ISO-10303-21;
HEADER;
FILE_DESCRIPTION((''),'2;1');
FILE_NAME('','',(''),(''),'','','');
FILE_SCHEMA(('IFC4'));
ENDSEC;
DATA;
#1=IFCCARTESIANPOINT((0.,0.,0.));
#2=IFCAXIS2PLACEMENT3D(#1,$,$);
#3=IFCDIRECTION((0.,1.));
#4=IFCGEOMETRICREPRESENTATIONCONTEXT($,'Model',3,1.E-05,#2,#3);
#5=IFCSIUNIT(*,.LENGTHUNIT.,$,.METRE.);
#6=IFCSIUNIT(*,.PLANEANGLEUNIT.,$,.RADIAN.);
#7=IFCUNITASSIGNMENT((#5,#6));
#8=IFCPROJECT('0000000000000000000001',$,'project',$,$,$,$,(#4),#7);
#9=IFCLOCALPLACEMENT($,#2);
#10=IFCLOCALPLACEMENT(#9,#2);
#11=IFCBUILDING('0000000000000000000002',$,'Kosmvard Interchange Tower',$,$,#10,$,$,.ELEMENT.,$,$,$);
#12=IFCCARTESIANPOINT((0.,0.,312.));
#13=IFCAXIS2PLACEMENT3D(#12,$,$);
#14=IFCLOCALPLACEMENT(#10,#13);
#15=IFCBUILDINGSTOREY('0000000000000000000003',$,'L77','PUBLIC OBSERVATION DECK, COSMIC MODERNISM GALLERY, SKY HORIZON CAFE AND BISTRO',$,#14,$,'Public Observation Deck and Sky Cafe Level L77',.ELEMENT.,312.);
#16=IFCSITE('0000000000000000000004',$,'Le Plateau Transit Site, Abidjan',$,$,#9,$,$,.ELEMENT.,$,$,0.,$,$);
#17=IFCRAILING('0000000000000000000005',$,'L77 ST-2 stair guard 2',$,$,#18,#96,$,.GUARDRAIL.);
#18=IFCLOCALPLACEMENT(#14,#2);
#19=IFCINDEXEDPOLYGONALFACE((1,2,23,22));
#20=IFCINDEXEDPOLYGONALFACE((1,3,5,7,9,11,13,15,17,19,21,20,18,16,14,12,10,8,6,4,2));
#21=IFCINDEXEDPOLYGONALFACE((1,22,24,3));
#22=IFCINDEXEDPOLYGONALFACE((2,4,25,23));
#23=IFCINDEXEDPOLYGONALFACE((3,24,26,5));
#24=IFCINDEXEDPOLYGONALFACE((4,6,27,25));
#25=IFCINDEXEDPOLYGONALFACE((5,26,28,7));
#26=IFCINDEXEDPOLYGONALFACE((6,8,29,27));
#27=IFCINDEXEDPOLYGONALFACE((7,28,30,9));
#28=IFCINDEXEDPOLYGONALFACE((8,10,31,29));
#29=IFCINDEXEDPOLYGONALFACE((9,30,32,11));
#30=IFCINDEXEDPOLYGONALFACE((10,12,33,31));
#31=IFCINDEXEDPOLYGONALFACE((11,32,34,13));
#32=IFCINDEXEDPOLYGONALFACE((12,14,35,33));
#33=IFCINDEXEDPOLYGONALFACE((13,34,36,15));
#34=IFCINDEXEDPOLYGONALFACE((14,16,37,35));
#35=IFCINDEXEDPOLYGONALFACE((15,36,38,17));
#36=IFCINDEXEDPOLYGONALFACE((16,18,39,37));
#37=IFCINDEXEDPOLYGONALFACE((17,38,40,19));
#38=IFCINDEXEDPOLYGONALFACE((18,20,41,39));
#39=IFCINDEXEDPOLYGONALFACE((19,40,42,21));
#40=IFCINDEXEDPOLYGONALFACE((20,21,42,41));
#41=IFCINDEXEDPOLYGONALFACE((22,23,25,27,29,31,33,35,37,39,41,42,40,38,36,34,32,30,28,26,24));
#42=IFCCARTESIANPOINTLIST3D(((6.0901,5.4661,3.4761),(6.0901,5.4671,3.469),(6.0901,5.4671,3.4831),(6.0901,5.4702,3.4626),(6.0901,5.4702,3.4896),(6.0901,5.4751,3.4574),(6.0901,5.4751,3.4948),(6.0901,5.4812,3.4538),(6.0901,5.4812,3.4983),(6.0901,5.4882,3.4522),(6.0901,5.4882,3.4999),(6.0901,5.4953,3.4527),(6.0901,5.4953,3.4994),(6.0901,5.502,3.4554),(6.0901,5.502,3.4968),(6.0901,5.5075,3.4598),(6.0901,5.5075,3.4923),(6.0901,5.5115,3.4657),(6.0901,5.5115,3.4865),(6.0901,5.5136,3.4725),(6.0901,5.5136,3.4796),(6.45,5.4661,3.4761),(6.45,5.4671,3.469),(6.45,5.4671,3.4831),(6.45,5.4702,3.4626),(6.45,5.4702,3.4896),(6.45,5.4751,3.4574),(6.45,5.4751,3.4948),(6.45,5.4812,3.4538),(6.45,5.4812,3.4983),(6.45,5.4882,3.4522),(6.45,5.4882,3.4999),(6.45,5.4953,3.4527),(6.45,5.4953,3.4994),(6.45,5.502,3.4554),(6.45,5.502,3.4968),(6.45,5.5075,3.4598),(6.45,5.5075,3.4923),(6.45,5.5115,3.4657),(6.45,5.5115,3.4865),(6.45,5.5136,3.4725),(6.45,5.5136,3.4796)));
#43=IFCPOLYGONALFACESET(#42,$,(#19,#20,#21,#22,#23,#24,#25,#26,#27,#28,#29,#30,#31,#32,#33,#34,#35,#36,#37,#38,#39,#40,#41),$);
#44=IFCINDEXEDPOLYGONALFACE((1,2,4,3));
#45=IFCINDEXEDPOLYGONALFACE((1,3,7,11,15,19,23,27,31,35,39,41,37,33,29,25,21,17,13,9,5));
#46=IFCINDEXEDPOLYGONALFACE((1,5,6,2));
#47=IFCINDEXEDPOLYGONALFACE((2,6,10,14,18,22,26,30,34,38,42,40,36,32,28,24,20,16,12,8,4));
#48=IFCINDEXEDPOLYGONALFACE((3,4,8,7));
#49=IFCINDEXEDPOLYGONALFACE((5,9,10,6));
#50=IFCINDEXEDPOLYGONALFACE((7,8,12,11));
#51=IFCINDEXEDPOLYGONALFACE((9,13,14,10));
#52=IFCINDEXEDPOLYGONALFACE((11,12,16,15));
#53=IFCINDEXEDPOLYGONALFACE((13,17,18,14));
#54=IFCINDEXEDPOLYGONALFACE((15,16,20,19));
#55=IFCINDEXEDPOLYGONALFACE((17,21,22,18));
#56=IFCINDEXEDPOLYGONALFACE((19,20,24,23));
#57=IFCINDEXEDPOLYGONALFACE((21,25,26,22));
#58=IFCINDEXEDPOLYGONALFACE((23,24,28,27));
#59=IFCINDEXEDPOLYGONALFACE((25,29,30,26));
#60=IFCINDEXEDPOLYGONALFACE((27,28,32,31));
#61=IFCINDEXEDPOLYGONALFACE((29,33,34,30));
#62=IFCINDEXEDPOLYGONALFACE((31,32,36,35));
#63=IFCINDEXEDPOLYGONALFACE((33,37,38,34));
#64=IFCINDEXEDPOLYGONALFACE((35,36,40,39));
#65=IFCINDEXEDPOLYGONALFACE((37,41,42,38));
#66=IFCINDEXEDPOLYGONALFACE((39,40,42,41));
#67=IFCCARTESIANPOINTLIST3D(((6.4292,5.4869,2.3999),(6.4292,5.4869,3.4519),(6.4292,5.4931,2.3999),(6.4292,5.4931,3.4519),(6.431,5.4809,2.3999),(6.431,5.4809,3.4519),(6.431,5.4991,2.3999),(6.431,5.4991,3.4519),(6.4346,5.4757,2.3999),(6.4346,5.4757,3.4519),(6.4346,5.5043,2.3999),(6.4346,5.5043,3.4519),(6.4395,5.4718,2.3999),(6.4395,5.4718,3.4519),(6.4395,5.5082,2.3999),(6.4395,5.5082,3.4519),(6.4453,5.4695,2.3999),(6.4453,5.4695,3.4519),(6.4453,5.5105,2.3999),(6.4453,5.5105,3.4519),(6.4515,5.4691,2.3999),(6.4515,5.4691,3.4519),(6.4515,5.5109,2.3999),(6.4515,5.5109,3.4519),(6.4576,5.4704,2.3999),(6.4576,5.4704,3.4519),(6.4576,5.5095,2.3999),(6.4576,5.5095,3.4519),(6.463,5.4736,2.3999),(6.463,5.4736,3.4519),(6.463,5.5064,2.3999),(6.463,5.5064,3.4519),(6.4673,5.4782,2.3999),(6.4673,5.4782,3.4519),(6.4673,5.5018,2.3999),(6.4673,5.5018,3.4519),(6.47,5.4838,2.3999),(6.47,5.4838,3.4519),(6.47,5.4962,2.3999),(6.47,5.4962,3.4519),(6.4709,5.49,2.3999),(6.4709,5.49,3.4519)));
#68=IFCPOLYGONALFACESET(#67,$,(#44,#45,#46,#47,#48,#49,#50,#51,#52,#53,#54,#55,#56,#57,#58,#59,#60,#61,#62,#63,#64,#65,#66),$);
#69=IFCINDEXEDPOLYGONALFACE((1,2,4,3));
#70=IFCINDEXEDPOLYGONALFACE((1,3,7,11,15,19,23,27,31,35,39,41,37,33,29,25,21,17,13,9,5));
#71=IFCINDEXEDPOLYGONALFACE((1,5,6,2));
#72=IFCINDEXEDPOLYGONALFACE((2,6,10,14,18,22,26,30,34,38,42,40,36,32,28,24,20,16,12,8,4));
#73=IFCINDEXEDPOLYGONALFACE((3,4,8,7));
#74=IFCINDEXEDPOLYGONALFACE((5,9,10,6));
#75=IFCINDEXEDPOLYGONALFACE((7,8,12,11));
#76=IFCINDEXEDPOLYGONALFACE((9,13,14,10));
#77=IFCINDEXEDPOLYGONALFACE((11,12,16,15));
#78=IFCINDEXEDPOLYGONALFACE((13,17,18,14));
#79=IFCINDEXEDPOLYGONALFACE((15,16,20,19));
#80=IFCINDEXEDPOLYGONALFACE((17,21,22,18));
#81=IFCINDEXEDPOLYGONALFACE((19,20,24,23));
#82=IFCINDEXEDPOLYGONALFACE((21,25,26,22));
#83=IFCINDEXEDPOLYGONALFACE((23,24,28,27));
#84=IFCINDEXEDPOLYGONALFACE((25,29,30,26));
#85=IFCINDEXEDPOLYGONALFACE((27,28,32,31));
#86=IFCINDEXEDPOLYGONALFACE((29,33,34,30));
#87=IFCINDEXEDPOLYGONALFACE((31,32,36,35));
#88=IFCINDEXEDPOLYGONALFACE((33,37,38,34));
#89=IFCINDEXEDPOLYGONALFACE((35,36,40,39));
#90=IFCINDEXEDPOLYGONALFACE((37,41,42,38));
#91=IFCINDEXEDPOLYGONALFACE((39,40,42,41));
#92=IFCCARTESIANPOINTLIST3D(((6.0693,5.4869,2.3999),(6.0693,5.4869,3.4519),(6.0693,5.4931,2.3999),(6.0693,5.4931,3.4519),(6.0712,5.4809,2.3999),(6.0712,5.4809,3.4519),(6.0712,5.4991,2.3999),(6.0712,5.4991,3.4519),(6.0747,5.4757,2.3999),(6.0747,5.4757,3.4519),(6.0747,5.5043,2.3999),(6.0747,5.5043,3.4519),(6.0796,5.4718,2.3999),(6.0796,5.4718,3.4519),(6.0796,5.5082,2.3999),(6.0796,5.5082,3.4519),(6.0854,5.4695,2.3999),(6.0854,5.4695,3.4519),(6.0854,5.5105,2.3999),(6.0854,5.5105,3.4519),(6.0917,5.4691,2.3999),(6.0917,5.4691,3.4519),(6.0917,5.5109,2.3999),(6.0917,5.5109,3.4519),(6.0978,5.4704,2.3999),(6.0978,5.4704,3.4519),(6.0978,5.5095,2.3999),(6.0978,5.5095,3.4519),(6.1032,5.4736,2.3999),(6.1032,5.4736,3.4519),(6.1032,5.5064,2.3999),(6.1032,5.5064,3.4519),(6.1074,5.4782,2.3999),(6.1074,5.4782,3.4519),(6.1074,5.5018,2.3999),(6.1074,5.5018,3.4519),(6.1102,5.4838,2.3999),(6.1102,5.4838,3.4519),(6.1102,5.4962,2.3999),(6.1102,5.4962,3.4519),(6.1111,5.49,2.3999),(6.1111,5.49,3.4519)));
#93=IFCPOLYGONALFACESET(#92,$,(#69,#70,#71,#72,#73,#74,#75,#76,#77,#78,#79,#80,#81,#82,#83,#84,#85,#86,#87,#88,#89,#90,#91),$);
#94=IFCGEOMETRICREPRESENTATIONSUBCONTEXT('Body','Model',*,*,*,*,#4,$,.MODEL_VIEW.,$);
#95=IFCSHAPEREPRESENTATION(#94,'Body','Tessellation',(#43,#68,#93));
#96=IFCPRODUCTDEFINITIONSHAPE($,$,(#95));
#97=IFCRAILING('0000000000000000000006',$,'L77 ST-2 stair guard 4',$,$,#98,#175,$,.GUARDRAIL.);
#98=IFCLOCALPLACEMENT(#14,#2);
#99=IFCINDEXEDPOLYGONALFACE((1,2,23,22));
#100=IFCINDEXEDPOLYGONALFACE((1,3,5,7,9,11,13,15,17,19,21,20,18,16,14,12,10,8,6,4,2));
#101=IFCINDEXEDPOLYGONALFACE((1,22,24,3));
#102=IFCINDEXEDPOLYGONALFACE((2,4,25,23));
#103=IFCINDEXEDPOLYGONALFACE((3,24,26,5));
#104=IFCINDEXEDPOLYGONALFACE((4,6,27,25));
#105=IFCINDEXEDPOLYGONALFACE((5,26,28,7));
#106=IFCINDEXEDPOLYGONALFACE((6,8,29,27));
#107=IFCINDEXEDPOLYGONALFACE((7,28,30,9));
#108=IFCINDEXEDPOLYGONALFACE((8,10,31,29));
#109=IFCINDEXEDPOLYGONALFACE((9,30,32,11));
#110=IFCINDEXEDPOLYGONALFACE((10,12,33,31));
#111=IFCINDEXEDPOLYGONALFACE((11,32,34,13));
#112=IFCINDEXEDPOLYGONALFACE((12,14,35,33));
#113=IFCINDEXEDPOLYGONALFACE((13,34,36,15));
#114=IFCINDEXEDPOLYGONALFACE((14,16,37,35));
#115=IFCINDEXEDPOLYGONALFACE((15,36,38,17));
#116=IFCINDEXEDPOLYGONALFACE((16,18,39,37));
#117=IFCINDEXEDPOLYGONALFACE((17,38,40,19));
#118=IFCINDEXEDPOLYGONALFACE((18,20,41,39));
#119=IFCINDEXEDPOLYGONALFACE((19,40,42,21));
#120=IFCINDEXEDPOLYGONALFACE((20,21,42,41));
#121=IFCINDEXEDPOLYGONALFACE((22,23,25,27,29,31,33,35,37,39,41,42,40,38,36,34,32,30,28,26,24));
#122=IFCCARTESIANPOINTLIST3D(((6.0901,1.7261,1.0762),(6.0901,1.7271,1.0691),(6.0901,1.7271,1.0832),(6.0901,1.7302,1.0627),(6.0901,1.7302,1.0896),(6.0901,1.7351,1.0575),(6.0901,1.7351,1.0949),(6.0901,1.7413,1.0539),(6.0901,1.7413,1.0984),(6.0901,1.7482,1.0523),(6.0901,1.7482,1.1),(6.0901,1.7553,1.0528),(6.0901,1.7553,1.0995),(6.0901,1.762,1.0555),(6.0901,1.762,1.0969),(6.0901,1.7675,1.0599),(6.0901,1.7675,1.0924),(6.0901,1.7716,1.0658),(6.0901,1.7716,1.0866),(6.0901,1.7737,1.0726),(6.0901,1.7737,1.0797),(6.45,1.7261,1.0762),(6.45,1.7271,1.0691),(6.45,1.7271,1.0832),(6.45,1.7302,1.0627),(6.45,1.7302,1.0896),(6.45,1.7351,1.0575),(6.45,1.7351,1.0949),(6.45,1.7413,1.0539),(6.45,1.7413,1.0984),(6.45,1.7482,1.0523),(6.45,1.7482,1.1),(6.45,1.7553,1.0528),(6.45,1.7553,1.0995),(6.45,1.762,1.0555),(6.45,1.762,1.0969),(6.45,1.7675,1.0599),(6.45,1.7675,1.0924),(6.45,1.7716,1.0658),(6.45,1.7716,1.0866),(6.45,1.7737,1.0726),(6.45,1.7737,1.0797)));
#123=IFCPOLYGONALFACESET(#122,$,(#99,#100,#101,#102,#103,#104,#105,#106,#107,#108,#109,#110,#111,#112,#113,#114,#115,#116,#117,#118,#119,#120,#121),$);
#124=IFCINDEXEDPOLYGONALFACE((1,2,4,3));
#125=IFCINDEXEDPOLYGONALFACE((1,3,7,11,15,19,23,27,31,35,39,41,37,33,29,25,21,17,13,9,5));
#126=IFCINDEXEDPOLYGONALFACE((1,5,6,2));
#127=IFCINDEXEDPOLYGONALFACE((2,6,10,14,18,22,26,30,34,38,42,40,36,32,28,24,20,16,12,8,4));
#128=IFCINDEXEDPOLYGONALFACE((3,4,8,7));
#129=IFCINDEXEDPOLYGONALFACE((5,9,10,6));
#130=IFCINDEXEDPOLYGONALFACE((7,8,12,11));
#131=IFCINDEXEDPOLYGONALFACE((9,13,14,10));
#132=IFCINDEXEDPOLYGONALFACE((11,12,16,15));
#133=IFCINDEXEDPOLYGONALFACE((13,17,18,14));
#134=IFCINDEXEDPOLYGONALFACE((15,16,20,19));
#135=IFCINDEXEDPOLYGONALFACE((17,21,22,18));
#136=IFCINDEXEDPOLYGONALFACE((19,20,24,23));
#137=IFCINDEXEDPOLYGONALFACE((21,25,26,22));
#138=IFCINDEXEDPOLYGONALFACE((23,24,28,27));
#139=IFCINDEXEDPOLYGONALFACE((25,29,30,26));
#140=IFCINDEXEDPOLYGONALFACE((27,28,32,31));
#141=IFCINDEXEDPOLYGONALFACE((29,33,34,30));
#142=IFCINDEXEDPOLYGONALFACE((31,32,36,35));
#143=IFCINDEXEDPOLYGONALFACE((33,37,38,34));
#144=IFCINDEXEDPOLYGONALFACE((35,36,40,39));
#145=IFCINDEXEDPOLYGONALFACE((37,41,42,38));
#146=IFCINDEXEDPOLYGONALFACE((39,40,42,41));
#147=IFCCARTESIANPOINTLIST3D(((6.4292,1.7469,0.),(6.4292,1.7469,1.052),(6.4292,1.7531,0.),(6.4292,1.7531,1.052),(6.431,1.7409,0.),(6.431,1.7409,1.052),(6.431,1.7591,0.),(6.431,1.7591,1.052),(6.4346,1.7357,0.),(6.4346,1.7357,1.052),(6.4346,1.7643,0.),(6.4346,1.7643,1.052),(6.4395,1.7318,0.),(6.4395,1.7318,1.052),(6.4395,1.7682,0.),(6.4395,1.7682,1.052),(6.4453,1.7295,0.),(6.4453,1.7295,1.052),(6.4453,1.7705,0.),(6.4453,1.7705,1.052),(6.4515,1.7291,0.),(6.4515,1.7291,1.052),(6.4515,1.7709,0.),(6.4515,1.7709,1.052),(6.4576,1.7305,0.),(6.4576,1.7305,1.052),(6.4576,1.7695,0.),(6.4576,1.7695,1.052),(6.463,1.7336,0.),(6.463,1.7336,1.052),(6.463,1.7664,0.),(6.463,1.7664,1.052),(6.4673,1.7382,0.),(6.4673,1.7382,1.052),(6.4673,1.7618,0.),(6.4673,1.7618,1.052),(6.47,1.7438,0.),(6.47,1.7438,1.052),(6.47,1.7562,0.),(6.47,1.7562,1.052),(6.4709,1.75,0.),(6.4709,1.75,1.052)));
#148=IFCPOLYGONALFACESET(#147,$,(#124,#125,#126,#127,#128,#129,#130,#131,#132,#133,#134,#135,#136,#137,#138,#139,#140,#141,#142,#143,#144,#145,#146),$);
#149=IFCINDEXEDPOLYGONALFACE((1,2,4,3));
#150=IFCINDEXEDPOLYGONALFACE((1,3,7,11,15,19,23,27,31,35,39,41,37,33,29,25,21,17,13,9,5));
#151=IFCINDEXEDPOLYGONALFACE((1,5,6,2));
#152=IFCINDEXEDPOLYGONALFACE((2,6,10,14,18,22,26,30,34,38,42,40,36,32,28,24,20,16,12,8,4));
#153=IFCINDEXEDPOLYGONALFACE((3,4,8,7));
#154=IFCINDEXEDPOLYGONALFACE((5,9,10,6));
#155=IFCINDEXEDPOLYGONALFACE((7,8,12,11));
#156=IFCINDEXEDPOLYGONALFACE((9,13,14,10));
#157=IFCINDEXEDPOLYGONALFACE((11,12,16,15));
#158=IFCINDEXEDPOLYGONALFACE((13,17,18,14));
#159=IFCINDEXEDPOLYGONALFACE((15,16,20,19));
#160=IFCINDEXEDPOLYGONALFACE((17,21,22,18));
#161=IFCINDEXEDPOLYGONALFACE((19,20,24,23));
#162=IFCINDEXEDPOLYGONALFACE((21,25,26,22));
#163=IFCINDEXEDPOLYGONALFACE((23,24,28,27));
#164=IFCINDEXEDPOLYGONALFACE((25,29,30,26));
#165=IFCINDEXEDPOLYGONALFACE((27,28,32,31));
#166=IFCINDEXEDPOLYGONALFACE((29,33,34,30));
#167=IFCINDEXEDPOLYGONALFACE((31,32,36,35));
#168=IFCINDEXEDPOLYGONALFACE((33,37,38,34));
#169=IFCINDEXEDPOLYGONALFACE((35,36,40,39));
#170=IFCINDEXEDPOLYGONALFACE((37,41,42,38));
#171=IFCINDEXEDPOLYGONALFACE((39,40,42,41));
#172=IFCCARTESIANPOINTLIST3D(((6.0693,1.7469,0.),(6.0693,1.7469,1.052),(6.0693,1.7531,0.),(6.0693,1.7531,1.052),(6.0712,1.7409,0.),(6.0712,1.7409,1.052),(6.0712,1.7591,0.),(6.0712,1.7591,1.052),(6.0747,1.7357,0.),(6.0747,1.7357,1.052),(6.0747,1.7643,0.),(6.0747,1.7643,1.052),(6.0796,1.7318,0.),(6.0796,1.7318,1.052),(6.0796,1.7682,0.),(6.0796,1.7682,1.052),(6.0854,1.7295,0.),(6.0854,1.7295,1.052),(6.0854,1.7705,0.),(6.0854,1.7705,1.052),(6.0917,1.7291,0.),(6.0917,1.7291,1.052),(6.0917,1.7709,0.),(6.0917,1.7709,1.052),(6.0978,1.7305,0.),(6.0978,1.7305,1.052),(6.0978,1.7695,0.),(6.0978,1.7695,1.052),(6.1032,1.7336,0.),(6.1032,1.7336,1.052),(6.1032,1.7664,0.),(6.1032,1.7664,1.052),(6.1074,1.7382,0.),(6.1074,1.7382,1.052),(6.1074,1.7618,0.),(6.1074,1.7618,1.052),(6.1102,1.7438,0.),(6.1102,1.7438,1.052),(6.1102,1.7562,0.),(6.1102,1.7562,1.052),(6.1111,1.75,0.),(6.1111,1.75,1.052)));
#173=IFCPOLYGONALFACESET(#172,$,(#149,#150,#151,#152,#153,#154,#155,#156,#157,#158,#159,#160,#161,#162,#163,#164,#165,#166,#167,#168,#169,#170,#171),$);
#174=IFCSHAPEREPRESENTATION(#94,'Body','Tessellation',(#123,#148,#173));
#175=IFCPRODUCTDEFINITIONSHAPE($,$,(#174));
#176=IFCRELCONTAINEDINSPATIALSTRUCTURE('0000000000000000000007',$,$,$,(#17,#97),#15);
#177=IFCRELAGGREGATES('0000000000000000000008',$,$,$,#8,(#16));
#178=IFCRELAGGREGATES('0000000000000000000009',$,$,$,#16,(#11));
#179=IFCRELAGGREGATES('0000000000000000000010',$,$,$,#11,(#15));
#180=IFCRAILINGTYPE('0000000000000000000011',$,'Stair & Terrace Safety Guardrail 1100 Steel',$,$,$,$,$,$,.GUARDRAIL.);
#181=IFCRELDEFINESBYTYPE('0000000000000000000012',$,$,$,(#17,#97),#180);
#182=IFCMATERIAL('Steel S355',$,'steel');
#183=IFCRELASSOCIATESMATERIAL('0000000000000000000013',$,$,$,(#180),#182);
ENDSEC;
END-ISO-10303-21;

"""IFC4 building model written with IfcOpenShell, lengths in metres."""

from ifc_helpers import new_model, si_unit, direction, frame, origin, origin_2d, place, context, subcontext, project, spatial, circle, extrude, source, transform, mapped, material, type_object, element, save


model = new_model("IFC4")

# Units and contexts
model_context = context("Model", 3, precision=1e-05, world=origin(), true_north=direction((0.0, 1.0)))
body_context = subcontext(model_context, "Body", "Model", "MODEL_VIEW")
ifc_project = project(units=[si_unit("LENGTHUNIT", "METRE"), si_unit("PLANEANGLEUNIT", "RADIAN")], contexts=[model_context])

# Site, building, storey
site_placement = place(None, origin())
site = spatial("IfcSite", under=ifc_project, at=site_placement, Name="Le Plateau Transit Site, Abidjan", CompositionType="ELEMENT", RefElevation=0.0)
building_placement = place(site_placement, origin())
building = spatial("IfcBuilding", under=site, at=building_placement, Name="Kosmvard Interchange Tower", CompositionType="ELEMENT")
storey_placement = place(building_placement, frame((0.0, 0.0, 312.0)))
storey = spatial("IfcBuildingStorey", under=building, at=storey_placement, Name="L77", Description="PUBLIC OBSERVATION DECK, COSMIC MODERNISM GALLERY, SKY HORIZON CAFE AND BISTRO", LongName="Public Observation Deck and Sky Cafe Level L77", CompositionType="ELEMENT", Elevation=312.0)

# Shared definitions
ifc_material_1 = material(Name="Steel S355", Category="steel")

# Railings
railing_type_1 = type_object("IfcRailingType", Name="Stair & Terrace Safety Guardrail 1100 Steel", PredefinedType="GUARDRAIL", material=ifc_material_1)
shared_shape_1 = source(origin(), body_context, "Body", "SweptSolid", [
    extrude(circle(Radius=0.0239, at=origin_2d()), frame((0.0, 0.0, 1.0762), z_axis=(-1.0, 0.0, 0.0), x_axis=(0.0, -1.0, 0.0)), (0.0, 0.0, 1.0), 0.3599),
    extrude(circle(Radius=0.021, at=origin_2d()), origin(), (0.0, 0.0, 1.0), 1.052),
    extrude(circle(Radius=0.021, at=origin_2d()), frame((-0.3599, 0.0, 0.0)), (0.0, 0.0, 1.0), 1.052),
])
for number, where, name in (
    (1, (6.45, 5.49, 2.3999), "L77 ST-2 stair guard 2"),
    (2, (6.45, 1.75, 0.0), "L77 ST-2 stair guard 4"),
):
    element("IfcRailing", number, at=place(storey_placement, frame(where)), inside=storey, type_object=railing_type_1, Name=name, PredefinedType="GUARDRAIL", context=body_context, shape_type="MappedRepresentation", body=[
        mapped(shared_shape_1, transform((0.0, 0.0, 0.0), scale=1.0)),
    ])

save(model, "model.ifc")
